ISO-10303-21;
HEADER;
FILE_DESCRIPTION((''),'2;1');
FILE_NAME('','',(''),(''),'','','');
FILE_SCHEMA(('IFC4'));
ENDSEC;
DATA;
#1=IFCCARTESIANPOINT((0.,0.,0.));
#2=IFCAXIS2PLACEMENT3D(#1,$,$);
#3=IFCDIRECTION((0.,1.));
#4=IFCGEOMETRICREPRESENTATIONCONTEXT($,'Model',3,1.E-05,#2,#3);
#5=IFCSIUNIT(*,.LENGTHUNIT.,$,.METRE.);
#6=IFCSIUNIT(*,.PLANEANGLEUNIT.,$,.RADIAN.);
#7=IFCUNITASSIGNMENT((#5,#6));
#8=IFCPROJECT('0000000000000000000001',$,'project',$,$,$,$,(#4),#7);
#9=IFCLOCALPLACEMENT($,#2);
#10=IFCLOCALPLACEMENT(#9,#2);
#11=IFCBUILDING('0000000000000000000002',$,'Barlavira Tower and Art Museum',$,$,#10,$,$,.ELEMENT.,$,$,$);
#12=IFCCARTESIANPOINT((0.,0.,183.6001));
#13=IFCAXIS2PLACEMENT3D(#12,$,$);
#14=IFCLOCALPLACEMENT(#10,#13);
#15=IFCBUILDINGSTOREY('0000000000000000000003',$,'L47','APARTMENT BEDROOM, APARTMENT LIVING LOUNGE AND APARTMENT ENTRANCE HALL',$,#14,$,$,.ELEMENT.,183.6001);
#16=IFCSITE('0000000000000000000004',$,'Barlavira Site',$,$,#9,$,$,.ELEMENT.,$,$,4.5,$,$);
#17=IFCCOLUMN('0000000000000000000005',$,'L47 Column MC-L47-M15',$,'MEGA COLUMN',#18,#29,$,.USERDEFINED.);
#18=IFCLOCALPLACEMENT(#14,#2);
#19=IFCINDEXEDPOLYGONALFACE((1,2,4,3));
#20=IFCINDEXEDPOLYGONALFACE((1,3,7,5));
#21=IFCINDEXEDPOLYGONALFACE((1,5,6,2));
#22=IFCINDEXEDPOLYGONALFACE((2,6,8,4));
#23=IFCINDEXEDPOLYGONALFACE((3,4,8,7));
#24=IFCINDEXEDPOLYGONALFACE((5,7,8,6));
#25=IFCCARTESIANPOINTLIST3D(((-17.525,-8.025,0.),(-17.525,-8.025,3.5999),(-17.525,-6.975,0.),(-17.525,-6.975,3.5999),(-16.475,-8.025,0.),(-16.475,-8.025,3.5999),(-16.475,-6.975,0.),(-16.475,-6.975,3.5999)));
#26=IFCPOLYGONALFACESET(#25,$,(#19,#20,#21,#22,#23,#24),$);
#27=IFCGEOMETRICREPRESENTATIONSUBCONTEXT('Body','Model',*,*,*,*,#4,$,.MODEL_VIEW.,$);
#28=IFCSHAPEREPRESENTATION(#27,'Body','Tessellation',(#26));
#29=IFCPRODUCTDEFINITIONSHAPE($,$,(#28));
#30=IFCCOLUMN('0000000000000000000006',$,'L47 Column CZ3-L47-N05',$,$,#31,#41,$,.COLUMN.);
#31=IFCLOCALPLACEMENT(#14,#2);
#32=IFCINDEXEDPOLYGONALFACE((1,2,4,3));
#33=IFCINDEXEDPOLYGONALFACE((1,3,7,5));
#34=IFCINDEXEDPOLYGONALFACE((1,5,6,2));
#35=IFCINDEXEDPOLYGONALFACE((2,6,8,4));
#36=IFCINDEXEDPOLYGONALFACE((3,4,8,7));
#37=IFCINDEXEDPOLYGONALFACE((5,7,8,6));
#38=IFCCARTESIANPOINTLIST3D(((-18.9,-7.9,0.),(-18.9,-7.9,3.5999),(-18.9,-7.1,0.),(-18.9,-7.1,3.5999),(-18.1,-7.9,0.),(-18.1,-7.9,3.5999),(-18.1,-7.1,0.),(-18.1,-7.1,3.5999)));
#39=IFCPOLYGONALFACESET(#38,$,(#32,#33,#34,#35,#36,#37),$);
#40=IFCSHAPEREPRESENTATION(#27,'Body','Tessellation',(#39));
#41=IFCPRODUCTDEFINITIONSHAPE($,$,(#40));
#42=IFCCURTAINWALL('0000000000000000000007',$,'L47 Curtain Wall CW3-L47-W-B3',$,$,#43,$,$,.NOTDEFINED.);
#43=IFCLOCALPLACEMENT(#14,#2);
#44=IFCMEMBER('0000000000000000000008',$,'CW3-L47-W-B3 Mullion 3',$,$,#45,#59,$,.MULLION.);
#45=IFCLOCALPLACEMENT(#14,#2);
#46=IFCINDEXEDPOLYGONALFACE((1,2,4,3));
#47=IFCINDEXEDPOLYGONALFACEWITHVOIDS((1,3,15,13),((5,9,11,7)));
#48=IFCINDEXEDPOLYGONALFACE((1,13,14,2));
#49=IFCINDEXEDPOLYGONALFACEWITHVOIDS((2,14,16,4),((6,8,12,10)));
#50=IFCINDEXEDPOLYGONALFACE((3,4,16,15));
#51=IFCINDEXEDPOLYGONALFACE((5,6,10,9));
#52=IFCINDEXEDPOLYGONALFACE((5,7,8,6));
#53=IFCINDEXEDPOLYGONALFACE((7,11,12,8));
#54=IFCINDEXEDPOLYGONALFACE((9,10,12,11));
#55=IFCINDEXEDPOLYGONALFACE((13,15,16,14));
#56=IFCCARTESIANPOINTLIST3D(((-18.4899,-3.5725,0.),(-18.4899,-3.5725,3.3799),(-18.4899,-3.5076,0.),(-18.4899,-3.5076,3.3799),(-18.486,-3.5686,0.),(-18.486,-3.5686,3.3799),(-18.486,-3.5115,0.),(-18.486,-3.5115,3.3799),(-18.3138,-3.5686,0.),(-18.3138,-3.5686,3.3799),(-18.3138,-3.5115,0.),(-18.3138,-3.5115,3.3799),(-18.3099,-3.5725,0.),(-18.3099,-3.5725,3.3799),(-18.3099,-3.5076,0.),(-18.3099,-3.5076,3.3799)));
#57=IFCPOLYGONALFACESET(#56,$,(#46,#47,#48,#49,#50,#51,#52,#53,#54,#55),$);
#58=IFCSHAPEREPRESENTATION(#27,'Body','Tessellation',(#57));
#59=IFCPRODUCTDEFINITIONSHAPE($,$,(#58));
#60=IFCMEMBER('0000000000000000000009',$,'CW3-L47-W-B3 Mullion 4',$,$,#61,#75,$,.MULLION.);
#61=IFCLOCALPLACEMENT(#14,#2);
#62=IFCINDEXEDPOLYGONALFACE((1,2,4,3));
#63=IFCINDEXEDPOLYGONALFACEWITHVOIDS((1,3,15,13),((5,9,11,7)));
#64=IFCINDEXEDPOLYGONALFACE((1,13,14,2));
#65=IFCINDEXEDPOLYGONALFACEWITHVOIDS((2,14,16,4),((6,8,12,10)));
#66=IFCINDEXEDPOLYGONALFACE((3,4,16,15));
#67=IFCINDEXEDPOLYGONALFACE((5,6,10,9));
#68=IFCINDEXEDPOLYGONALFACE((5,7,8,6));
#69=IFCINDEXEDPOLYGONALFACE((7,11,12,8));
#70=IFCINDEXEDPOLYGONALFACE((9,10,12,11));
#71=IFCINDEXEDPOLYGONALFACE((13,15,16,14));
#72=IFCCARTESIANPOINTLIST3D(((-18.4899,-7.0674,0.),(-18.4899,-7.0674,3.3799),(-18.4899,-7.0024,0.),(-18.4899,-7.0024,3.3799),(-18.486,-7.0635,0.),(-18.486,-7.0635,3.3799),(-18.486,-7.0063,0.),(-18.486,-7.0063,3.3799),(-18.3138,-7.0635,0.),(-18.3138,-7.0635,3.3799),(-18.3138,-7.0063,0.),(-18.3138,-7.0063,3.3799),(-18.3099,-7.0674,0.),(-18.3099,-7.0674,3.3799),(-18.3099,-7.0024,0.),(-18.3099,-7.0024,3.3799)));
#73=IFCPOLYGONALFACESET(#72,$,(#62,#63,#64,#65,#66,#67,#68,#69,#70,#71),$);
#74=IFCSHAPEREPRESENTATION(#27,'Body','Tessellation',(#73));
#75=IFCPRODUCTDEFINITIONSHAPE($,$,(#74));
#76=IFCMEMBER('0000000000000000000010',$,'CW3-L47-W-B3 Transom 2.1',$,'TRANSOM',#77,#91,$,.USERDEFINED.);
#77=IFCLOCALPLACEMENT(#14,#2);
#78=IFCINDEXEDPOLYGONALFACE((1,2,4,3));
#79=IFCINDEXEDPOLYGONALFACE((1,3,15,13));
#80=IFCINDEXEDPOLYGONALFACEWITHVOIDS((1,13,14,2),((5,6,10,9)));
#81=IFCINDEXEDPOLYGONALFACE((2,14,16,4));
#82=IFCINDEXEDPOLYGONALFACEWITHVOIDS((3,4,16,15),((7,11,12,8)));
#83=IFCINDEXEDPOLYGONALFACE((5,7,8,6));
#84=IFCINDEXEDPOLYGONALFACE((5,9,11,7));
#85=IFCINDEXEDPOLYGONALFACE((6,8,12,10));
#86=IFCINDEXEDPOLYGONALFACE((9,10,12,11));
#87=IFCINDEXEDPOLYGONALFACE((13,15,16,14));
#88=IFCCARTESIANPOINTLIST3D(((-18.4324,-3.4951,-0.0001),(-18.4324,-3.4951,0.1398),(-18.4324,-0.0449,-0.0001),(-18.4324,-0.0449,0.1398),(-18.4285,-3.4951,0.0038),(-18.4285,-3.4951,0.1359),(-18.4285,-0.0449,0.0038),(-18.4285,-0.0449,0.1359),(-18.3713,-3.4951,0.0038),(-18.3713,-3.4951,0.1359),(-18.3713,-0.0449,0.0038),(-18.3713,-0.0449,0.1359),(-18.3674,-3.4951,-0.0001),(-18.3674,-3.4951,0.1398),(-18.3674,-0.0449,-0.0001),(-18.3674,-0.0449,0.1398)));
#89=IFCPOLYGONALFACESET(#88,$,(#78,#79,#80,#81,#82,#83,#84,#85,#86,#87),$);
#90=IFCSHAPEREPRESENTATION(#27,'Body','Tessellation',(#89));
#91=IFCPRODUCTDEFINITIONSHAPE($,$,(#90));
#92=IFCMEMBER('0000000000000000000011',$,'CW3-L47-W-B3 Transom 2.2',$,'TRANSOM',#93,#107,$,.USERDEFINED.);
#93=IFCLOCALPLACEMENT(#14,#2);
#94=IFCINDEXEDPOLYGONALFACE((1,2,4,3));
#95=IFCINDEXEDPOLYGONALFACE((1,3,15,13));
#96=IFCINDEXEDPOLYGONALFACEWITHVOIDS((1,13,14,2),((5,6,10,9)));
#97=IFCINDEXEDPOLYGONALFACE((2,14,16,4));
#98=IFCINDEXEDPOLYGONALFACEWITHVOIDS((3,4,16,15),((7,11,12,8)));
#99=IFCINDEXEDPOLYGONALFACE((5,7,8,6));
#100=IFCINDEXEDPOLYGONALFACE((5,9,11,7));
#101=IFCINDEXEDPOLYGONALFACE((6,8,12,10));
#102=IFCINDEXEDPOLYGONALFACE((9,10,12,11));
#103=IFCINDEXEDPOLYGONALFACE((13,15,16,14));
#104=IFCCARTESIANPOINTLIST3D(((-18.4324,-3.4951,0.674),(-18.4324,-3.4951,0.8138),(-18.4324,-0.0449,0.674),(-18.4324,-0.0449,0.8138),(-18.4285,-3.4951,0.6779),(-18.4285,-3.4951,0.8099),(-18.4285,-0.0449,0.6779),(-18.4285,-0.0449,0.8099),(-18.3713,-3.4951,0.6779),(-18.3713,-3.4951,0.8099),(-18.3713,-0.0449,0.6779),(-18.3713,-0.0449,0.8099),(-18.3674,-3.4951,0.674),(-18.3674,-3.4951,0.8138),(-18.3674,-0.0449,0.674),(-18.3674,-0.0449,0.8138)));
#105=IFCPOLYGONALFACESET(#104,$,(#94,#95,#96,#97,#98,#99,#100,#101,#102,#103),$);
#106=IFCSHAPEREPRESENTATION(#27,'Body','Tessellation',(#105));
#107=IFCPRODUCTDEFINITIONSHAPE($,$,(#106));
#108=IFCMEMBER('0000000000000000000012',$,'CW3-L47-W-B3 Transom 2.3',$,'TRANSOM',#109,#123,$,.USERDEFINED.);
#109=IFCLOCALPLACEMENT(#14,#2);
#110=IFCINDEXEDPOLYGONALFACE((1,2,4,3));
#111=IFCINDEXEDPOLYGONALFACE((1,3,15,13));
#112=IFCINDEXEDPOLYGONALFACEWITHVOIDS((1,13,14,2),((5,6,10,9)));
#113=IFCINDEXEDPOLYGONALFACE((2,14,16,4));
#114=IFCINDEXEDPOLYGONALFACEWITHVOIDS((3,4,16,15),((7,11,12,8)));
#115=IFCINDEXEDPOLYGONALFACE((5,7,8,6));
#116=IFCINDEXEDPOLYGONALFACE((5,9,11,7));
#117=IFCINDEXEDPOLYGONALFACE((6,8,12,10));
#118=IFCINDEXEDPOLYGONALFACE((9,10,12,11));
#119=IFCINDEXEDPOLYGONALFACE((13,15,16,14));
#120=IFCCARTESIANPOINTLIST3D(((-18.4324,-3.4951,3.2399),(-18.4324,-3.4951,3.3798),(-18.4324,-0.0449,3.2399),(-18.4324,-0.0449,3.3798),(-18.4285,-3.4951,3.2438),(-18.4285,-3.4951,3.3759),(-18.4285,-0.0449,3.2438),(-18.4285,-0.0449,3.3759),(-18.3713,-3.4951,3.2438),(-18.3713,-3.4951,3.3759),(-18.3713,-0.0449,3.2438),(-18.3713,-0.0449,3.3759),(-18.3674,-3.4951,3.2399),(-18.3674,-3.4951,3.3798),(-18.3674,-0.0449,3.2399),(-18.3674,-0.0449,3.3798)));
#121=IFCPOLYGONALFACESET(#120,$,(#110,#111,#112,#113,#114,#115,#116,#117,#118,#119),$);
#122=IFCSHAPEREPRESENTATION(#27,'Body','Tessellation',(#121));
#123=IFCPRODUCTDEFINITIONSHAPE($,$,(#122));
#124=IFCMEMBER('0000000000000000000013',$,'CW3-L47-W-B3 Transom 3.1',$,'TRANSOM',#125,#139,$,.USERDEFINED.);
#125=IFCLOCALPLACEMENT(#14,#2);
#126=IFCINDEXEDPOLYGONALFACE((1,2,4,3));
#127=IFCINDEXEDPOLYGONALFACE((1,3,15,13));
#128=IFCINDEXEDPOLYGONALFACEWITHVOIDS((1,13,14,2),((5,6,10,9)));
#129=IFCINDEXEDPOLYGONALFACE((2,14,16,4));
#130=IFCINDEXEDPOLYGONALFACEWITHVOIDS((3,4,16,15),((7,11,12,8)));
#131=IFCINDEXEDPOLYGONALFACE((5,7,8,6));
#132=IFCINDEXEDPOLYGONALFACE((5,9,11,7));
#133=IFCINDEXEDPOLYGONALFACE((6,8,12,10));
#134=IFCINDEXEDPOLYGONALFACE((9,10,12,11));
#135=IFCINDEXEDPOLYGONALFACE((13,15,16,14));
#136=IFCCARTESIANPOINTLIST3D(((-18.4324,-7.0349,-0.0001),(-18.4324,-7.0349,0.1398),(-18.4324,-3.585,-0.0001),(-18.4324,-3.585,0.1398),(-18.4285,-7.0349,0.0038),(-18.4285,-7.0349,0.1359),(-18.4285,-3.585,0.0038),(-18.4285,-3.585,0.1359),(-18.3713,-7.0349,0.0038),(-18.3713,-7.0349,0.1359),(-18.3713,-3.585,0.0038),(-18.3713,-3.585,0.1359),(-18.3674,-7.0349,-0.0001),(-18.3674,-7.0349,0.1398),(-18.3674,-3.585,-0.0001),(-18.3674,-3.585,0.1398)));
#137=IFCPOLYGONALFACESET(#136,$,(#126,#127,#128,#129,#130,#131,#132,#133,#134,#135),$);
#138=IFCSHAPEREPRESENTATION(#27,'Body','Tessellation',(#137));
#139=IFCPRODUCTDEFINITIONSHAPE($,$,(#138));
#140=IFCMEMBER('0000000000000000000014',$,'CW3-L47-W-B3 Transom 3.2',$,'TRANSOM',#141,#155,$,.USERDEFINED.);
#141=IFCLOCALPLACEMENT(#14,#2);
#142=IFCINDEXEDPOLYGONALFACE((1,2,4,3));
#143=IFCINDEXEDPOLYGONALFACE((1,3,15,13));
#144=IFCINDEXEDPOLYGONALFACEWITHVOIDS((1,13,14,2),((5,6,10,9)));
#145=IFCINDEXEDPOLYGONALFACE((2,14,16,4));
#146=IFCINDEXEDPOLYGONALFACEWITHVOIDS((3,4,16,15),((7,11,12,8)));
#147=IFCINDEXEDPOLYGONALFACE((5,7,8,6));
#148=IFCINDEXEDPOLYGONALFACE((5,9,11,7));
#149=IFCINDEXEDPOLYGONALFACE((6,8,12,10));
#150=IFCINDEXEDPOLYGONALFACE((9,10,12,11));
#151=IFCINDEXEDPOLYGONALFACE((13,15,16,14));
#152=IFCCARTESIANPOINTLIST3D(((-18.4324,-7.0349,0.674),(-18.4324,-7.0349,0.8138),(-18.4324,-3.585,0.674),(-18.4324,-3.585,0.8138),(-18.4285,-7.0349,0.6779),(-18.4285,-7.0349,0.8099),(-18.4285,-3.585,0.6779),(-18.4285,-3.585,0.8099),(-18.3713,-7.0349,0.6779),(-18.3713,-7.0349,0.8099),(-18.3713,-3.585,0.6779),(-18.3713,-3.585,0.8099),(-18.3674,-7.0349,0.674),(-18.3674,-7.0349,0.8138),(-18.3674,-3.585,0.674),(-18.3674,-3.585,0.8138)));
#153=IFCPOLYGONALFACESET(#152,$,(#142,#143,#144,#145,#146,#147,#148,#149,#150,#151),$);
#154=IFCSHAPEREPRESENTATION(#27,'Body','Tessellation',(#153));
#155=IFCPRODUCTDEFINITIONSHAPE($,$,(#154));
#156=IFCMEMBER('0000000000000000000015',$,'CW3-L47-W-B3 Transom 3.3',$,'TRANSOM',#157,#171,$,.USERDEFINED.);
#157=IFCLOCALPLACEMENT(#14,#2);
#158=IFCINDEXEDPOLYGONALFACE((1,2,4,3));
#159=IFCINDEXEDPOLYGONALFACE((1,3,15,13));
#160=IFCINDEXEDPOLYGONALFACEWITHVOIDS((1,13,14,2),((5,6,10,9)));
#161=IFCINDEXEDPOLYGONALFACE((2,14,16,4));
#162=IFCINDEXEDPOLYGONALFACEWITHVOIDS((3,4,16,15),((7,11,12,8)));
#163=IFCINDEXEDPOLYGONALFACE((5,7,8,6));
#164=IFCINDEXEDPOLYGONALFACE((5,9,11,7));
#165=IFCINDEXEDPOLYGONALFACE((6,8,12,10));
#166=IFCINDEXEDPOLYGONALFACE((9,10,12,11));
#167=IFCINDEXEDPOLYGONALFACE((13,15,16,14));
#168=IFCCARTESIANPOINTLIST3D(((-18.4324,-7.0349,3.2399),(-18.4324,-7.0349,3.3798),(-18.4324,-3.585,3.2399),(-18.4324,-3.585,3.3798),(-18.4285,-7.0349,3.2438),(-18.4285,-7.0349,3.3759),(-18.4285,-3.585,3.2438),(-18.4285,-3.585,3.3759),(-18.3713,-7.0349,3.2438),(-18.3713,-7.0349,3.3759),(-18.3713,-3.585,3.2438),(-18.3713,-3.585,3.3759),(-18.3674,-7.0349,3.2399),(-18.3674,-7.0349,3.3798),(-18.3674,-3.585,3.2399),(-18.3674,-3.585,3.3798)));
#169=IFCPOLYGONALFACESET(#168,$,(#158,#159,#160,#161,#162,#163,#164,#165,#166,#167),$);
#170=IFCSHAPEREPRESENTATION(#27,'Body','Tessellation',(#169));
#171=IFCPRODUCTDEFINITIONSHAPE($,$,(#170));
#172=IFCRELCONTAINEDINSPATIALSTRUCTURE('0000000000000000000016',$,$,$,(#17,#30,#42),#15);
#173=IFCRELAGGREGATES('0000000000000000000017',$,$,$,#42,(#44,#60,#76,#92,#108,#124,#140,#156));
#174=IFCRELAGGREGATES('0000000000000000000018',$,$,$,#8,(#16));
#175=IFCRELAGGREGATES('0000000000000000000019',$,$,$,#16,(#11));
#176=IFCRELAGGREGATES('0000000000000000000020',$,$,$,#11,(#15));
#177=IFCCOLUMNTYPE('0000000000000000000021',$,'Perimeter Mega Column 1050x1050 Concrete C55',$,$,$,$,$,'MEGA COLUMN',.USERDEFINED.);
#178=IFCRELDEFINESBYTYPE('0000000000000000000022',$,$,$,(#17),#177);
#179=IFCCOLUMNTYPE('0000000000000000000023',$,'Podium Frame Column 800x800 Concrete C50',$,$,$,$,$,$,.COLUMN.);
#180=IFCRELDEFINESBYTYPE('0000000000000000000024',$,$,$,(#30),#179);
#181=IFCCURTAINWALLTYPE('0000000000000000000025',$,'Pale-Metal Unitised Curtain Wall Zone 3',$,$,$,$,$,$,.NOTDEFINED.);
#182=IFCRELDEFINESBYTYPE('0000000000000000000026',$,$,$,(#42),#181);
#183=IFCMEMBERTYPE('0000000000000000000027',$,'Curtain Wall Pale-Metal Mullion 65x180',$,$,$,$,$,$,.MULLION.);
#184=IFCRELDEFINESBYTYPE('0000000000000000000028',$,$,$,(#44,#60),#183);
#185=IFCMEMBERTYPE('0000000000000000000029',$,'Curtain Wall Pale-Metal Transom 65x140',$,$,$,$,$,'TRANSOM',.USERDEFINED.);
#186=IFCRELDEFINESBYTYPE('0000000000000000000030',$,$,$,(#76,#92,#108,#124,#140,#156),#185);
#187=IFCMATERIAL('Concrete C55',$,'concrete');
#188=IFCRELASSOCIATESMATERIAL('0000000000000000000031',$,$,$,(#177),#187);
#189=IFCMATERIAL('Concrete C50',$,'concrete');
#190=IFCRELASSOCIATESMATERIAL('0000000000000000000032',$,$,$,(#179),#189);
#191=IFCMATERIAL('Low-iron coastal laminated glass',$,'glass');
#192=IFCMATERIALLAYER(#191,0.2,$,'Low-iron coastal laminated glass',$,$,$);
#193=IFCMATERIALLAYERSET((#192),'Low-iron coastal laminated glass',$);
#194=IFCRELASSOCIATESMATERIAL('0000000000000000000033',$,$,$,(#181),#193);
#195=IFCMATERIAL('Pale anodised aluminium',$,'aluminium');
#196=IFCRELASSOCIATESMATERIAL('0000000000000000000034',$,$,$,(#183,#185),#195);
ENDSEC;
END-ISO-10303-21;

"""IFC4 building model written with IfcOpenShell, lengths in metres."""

from ifc_helpers import new_model, si_unit, direction, frame, origin, origin_2d, place, context, subcontext, project, spatial, rectangle, hollow_rectangle, extrude, material, layer, layer_set, material_profile, profile_set, type_object, element, aggregate, save


model = new_model("IFC4")

# Units and contexts
model_context = context("Model", 3, precision=1e-05, world=origin(), true_north=direction((0.0, 1.0)))
body_context = subcontext(model_context, "Body", "Model", "MODEL_VIEW")
ifc_project = project(units=[si_unit("LENGTHUNIT", "METRE"), si_unit("PLANEANGLEUNIT", "RADIAN")], contexts=[model_context])

# Site, building, storey
site_placement = place(None, origin())
site = spatial("IfcSite", under=ifc_project, at=site_placement, Name="Barlavira Site", CompositionType="ELEMENT", RefElevation=4.5)
building_placement = place(site_placement, origin())
building = spatial("IfcBuilding", under=site, at=building_placement, Name="Barlavira Tower and Art Museum", CompositionType="ELEMENT")
storey_placement = place(building_placement, frame((0.0, 0.0, 183.6001)))
storey = spatial("IfcBuildingStorey", under=building, at=storey_placement, Name="L47", Description="APARTMENT BEDROOM, APARTMENT LIVING LOUNGE AND APARTMENT ENTRANCE HALL", CompositionType="ELEMENT", Elevation=183.6001)

# Columns
ifc_material_1 = material(Name="Concrete C55", Category="concrete")
ifc_material_profile_1 = material_profile(ifc_material_1, rectangle(XDim=1.05, YDim=1.05, at=origin_2d()), Name="RC-COL 1050x1050")
ifc_profile_set_1 = profile_set([ifc_material_profile_1], Name="Concrete C55")
column_type_1 = type_object("IfcColumnType", Name="Perimeter Mega Column 1050x1050 Concrete C55", ElementType="MEGA COLUMN", PredefinedType="USERDEFINED", material=ifc_profile_set_1)
column_1_placement = place(storey_placement, frame((-17.0, -7.5, 0.0), z_axis=(0.0, 0.0, 1.0), x_axis=(1.0, 0.0, 0.0)))
element("IfcColumn", 1, at=column_1_placement, inside=storey, type_object=column_type_1, Name="L47 Column MC-L47-M15", ObjectType="MEGA COLUMN", PredefinedType="USERDEFINED", context=body_context, shape_type="SweptSolid", body=[
    extrude(rectangle(XDim=1.05, YDim=1.05, at=origin_2d()), origin(), (0.0, 0.0, 1.0), 3.5999),
])
ifc_material_2 = material(Name="Concrete C50", Category="concrete")
ifc_material_profile_2 = material_profile(ifc_material_2, rectangle(XDim=0.8, YDim=0.8, at=origin_2d()), Name="RC-COL 800x800")
ifc_profile_set_2 = profile_set([ifc_material_profile_2], Name="Concrete C50")
column_type_2 = type_object("IfcColumnType", Name="Podium Frame Column 800x800 Concrete C50", PredefinedType="COLUMN", material=ifc_profile_set_2)
column_2_placement = place(storey_placement, frame((-18.5, -7.5, 0.0), z_axis=(0.0, 0.0, 1.0), x_axis=(1.0, 0.0, 0.0)))
element("IfcColumn", 2, at=column_2_placement, inside=storey, type_object=column_type_2, Name="L47 Column CZ3-L47-N05", PredefinedType="COLUMN", context=body_context, shape_type="SweptSolid", body=[
    extrude(rectangle(XDim=0.8, YDim=0.8, at=origin_2d()), origin(), (0.0, 0.0, 1.0), 3.5999),
])

# Curtain wall, members
ifc_material_3 = material(Name="Low-iron coastal laminated glass", Category="glass")
ifc_layer_1 = layer(ifc_material_3, 0.2, Name="Low-iron coastal laminated glass")
ifc_layer_set_1 = layer_set([ifc_layer_1], Name="Low-iron coastal laminated glass")
curtain_wall_type = type_object("IfcCurtainWallType", Name="Pale-Metal Unitised Curtain Wall Zone 3", PredefinedType="NOTDEFINED", material=ifc_layer_set_1)
curtain_wall_placement = place(storey_placement, origin())
curtain_wall = element("IfcCurtainWall", 3, at=curtain_wall_placement, inside=storey, type_object=curtain_wall_type, Name="L47 Curtain Wall CW3-L47-W-B3", PredefinedType="NOTDEFINED")
ifc_material_4 = material(Name="Pale anodised aluminium", Category="aluminium")
ifc_material_profile_3 = material_profile(ifc_material_4, hollow_rectangle(XDim=0.0649, YDim=0.1799, WallThickness=0.0039, at=origin_2d()), Name="ALU-MULL 65x180x4")
ifc_profile_set_3 = profile_set([ifc_material_profile_3], Name="Pale anodised aluminium")
member_type_1 = type_object("IfcMemberType", Name="Curtain Wall Pale-Metal Mullion 65x180", PredefinedType="MULLION", material=ifc_profile_set_3)
member_1_placement = place(storey_placement, frame((-18.3999, -3.54, 0.0), z_axis=(0.0, 0.0, 1.0), x_axis=(0.0, -1.0, 0.0)))
member_1 = element("IfcMember", 4, at=member_1_placement, type_object=member_type_1, Name="CW3-L47-W-B3 Mullion 3", PredefinedType="MULLION", context=body_context, shape_type="SweptSolid", body=[
    extrude(hollow_rectangle(XDim=0.0649, YDim=0.1799, WallThickness=0.0039, at=origin_2d()), origin(), (0.0, 0.0, 1.0), 3.3799),
])
member_2_placement = place(storey_placement, frame((-18.3999, -7.0349, 0.0), z_axis=(0.0, 0.0, 1.0), x_axis=(0.0, -1.0, 0.0)))
member_2 = element("IfcMember", 5, at=member_2_placement, type_object=member_type_1, Name="CW3-L47-W-B3 Mullion 4", PredefinedType="MULLION", context=body_context, shape_type="SweptSolid", body=[
    extrude(hollow_rectangle(XDim=0.0649, YDim=0.1799, WallThickness=0.0039, at=origin_2d()), origin(), (0.0, 0.0, 1.0), 3.3799),
])
ifc_material_profile_4 = material_profile(ifc_material_4, hollow_rectangle(XDim=0.0649, YDim=0.1399, WallThickness=0.0039, at=origin_2d()), Name="ALU-TRAN 65x140x4")
ifc_profile_set_4 = profile_set([ifc_material_profile_4], Name="Pale anodised aluminium")
member_type_2 = type_object("IfcMemberType", Name="Curtain Wall Pale-Metal Transom 65x140", ElementType="TRANSOM", PredefinedType="USERDEFINED", material=ifc_profile_set_4)
member_3_placement = place(storey_placement, frame((-18.3999, -0.0449, 0.0698), z_axis=(0.0, -1.0, 0.0), x_axis=(1.0, 0.0, 0.0)))
member_3 = element("IfcMember", 6, at=member_3_placement, type_object=member_type_2, Name="CW3-L47-W-B3 Transom 2.1", ObjectType="TRANSOM", PredefinedType="USERDEFINED", context=body_context, shape_type="SweptSolid", body=[
    extrude(hollow_rectangle(XDim=0.0649, YDim=0.1399, WallThickness=0.0039, at=origin_2d()), origin(), (0.0, 0.0, 1.0), 3.4502),
])
member_4_placement = place(storey_placement, frame((-18.3999, -0.0449, 0.7439), z_axis=(0.0, -1.0, 0.0), x_axis=(1.0, 0.0, 0.0)))
member_4 = element("IfcMember", 7, at=member_4_placement, type_object=member_type_2, Name="CW3-L47-W-B3 Transom 2.2", ObjectType="TRANSOM", PredefinedType="USERDEFINED", context=body_context, shape_type="SweptSolid", body=[
    extrude(hollow_rectangle(XDim=0.0649, YDim=0.1399, WallThickness=0.0039, at=origin_2d()), origin(), (0.0, 0.0, 1.0), 3.4502),
])
member_5_placement = place(storey_placement, frame((-18.3999, -0.0449, 3.3098), z_axis=(0.0, -1.0, 0.0), x_axis=(1.0, 0.0, 0.0)))
member_5 = element("IfcMember", 8, at=member_5_placement, type_object=member_type_2, Name="CW3-L47-W-B3 Transom 2.3", ObjectType="TRANSOM", PredefinedType="USERDEFINED", context=body_context, shape_type="SweptSolid", body=[
    extrude(hollow_rectangle(XDim=0.0649, YDim=0.1399, WallThickness=0.0039, at=origin_2d()), origin(), (0.0, 0.0, 1.0), 3.4502),
])
member_6_placement = place(storey_placement, frame((-18.3999, -3.585, 0.0698), z_axis=(0.0, -1.0, 0.0), x_axis=(1.0, 0.0, 0.0)))
member_6 = element("IfcMember", 9, at=member_6_placement, type_object=member_type_2, Name="CW3-L47-W-B3 Transom 3.1", ObjectType="TRANSOM", PredefinedType="USERDEFINED", context=body_context, shape_type="SweptSolid", body=[
    extrude(hollow_rectangle(XDim=0.0649, YDim=0.1399, WallThickness=0.0039, at=origin_2d()), origin(), (0.0, 0.0, 1.0), 3.45),
])
member_7_placement = place(storey_placement, frame((-18.3999, -3.585, 0.7439), z_axis=(0.0, -1.0, 0.0), x_axis=(1.0, 0.0, 0.0)))
member_7 = element("IfcMember", 10, at=member_7_placement, type_object=member_type_2, Name="CW3-L47-W-B3 Transom 3.2", ObjectType="TRANSOM", PredefinedType="USERDEFINED", context=body_context, shape_type="SweptSolid", body=[
    extrude(hollow_rectangle(XDim=0.0649, YDim=0.1399, WallThickness=0.0039, at=origin_2d()), origin(), (0.0, 0.0, 1.0), 3.45),
])
member_8_placement = place(storey_placement, frame((-18.3999, -3.585, 3.3098), z_axis=(0.0, -1.0, 0.0), x_axis=(1.0, 0.0, 0.0)))
member_8 = element("IfcMember", 11, at=member_8_placement, type_object=member_type_2, Name="CW3-L47-W-B3 Transom 3.3", ObjectType="TRANSOM", PredefinedType="USERDEFINED", context=body_context, shape_type="SweptSolid", body=[
    extrude(hollow_rectangle(XDim=0.0649, YDim=0.1399, WallThickness=0.0039, at=origin_2d()), origin(), (0.0, 0.0, 1.0), 3.45),
])

aggregate(curtain_wall, [member_1, member_2, member_3, member_4, member_5, member_6, member_7, member_8])

save(model, "model.ifc")
